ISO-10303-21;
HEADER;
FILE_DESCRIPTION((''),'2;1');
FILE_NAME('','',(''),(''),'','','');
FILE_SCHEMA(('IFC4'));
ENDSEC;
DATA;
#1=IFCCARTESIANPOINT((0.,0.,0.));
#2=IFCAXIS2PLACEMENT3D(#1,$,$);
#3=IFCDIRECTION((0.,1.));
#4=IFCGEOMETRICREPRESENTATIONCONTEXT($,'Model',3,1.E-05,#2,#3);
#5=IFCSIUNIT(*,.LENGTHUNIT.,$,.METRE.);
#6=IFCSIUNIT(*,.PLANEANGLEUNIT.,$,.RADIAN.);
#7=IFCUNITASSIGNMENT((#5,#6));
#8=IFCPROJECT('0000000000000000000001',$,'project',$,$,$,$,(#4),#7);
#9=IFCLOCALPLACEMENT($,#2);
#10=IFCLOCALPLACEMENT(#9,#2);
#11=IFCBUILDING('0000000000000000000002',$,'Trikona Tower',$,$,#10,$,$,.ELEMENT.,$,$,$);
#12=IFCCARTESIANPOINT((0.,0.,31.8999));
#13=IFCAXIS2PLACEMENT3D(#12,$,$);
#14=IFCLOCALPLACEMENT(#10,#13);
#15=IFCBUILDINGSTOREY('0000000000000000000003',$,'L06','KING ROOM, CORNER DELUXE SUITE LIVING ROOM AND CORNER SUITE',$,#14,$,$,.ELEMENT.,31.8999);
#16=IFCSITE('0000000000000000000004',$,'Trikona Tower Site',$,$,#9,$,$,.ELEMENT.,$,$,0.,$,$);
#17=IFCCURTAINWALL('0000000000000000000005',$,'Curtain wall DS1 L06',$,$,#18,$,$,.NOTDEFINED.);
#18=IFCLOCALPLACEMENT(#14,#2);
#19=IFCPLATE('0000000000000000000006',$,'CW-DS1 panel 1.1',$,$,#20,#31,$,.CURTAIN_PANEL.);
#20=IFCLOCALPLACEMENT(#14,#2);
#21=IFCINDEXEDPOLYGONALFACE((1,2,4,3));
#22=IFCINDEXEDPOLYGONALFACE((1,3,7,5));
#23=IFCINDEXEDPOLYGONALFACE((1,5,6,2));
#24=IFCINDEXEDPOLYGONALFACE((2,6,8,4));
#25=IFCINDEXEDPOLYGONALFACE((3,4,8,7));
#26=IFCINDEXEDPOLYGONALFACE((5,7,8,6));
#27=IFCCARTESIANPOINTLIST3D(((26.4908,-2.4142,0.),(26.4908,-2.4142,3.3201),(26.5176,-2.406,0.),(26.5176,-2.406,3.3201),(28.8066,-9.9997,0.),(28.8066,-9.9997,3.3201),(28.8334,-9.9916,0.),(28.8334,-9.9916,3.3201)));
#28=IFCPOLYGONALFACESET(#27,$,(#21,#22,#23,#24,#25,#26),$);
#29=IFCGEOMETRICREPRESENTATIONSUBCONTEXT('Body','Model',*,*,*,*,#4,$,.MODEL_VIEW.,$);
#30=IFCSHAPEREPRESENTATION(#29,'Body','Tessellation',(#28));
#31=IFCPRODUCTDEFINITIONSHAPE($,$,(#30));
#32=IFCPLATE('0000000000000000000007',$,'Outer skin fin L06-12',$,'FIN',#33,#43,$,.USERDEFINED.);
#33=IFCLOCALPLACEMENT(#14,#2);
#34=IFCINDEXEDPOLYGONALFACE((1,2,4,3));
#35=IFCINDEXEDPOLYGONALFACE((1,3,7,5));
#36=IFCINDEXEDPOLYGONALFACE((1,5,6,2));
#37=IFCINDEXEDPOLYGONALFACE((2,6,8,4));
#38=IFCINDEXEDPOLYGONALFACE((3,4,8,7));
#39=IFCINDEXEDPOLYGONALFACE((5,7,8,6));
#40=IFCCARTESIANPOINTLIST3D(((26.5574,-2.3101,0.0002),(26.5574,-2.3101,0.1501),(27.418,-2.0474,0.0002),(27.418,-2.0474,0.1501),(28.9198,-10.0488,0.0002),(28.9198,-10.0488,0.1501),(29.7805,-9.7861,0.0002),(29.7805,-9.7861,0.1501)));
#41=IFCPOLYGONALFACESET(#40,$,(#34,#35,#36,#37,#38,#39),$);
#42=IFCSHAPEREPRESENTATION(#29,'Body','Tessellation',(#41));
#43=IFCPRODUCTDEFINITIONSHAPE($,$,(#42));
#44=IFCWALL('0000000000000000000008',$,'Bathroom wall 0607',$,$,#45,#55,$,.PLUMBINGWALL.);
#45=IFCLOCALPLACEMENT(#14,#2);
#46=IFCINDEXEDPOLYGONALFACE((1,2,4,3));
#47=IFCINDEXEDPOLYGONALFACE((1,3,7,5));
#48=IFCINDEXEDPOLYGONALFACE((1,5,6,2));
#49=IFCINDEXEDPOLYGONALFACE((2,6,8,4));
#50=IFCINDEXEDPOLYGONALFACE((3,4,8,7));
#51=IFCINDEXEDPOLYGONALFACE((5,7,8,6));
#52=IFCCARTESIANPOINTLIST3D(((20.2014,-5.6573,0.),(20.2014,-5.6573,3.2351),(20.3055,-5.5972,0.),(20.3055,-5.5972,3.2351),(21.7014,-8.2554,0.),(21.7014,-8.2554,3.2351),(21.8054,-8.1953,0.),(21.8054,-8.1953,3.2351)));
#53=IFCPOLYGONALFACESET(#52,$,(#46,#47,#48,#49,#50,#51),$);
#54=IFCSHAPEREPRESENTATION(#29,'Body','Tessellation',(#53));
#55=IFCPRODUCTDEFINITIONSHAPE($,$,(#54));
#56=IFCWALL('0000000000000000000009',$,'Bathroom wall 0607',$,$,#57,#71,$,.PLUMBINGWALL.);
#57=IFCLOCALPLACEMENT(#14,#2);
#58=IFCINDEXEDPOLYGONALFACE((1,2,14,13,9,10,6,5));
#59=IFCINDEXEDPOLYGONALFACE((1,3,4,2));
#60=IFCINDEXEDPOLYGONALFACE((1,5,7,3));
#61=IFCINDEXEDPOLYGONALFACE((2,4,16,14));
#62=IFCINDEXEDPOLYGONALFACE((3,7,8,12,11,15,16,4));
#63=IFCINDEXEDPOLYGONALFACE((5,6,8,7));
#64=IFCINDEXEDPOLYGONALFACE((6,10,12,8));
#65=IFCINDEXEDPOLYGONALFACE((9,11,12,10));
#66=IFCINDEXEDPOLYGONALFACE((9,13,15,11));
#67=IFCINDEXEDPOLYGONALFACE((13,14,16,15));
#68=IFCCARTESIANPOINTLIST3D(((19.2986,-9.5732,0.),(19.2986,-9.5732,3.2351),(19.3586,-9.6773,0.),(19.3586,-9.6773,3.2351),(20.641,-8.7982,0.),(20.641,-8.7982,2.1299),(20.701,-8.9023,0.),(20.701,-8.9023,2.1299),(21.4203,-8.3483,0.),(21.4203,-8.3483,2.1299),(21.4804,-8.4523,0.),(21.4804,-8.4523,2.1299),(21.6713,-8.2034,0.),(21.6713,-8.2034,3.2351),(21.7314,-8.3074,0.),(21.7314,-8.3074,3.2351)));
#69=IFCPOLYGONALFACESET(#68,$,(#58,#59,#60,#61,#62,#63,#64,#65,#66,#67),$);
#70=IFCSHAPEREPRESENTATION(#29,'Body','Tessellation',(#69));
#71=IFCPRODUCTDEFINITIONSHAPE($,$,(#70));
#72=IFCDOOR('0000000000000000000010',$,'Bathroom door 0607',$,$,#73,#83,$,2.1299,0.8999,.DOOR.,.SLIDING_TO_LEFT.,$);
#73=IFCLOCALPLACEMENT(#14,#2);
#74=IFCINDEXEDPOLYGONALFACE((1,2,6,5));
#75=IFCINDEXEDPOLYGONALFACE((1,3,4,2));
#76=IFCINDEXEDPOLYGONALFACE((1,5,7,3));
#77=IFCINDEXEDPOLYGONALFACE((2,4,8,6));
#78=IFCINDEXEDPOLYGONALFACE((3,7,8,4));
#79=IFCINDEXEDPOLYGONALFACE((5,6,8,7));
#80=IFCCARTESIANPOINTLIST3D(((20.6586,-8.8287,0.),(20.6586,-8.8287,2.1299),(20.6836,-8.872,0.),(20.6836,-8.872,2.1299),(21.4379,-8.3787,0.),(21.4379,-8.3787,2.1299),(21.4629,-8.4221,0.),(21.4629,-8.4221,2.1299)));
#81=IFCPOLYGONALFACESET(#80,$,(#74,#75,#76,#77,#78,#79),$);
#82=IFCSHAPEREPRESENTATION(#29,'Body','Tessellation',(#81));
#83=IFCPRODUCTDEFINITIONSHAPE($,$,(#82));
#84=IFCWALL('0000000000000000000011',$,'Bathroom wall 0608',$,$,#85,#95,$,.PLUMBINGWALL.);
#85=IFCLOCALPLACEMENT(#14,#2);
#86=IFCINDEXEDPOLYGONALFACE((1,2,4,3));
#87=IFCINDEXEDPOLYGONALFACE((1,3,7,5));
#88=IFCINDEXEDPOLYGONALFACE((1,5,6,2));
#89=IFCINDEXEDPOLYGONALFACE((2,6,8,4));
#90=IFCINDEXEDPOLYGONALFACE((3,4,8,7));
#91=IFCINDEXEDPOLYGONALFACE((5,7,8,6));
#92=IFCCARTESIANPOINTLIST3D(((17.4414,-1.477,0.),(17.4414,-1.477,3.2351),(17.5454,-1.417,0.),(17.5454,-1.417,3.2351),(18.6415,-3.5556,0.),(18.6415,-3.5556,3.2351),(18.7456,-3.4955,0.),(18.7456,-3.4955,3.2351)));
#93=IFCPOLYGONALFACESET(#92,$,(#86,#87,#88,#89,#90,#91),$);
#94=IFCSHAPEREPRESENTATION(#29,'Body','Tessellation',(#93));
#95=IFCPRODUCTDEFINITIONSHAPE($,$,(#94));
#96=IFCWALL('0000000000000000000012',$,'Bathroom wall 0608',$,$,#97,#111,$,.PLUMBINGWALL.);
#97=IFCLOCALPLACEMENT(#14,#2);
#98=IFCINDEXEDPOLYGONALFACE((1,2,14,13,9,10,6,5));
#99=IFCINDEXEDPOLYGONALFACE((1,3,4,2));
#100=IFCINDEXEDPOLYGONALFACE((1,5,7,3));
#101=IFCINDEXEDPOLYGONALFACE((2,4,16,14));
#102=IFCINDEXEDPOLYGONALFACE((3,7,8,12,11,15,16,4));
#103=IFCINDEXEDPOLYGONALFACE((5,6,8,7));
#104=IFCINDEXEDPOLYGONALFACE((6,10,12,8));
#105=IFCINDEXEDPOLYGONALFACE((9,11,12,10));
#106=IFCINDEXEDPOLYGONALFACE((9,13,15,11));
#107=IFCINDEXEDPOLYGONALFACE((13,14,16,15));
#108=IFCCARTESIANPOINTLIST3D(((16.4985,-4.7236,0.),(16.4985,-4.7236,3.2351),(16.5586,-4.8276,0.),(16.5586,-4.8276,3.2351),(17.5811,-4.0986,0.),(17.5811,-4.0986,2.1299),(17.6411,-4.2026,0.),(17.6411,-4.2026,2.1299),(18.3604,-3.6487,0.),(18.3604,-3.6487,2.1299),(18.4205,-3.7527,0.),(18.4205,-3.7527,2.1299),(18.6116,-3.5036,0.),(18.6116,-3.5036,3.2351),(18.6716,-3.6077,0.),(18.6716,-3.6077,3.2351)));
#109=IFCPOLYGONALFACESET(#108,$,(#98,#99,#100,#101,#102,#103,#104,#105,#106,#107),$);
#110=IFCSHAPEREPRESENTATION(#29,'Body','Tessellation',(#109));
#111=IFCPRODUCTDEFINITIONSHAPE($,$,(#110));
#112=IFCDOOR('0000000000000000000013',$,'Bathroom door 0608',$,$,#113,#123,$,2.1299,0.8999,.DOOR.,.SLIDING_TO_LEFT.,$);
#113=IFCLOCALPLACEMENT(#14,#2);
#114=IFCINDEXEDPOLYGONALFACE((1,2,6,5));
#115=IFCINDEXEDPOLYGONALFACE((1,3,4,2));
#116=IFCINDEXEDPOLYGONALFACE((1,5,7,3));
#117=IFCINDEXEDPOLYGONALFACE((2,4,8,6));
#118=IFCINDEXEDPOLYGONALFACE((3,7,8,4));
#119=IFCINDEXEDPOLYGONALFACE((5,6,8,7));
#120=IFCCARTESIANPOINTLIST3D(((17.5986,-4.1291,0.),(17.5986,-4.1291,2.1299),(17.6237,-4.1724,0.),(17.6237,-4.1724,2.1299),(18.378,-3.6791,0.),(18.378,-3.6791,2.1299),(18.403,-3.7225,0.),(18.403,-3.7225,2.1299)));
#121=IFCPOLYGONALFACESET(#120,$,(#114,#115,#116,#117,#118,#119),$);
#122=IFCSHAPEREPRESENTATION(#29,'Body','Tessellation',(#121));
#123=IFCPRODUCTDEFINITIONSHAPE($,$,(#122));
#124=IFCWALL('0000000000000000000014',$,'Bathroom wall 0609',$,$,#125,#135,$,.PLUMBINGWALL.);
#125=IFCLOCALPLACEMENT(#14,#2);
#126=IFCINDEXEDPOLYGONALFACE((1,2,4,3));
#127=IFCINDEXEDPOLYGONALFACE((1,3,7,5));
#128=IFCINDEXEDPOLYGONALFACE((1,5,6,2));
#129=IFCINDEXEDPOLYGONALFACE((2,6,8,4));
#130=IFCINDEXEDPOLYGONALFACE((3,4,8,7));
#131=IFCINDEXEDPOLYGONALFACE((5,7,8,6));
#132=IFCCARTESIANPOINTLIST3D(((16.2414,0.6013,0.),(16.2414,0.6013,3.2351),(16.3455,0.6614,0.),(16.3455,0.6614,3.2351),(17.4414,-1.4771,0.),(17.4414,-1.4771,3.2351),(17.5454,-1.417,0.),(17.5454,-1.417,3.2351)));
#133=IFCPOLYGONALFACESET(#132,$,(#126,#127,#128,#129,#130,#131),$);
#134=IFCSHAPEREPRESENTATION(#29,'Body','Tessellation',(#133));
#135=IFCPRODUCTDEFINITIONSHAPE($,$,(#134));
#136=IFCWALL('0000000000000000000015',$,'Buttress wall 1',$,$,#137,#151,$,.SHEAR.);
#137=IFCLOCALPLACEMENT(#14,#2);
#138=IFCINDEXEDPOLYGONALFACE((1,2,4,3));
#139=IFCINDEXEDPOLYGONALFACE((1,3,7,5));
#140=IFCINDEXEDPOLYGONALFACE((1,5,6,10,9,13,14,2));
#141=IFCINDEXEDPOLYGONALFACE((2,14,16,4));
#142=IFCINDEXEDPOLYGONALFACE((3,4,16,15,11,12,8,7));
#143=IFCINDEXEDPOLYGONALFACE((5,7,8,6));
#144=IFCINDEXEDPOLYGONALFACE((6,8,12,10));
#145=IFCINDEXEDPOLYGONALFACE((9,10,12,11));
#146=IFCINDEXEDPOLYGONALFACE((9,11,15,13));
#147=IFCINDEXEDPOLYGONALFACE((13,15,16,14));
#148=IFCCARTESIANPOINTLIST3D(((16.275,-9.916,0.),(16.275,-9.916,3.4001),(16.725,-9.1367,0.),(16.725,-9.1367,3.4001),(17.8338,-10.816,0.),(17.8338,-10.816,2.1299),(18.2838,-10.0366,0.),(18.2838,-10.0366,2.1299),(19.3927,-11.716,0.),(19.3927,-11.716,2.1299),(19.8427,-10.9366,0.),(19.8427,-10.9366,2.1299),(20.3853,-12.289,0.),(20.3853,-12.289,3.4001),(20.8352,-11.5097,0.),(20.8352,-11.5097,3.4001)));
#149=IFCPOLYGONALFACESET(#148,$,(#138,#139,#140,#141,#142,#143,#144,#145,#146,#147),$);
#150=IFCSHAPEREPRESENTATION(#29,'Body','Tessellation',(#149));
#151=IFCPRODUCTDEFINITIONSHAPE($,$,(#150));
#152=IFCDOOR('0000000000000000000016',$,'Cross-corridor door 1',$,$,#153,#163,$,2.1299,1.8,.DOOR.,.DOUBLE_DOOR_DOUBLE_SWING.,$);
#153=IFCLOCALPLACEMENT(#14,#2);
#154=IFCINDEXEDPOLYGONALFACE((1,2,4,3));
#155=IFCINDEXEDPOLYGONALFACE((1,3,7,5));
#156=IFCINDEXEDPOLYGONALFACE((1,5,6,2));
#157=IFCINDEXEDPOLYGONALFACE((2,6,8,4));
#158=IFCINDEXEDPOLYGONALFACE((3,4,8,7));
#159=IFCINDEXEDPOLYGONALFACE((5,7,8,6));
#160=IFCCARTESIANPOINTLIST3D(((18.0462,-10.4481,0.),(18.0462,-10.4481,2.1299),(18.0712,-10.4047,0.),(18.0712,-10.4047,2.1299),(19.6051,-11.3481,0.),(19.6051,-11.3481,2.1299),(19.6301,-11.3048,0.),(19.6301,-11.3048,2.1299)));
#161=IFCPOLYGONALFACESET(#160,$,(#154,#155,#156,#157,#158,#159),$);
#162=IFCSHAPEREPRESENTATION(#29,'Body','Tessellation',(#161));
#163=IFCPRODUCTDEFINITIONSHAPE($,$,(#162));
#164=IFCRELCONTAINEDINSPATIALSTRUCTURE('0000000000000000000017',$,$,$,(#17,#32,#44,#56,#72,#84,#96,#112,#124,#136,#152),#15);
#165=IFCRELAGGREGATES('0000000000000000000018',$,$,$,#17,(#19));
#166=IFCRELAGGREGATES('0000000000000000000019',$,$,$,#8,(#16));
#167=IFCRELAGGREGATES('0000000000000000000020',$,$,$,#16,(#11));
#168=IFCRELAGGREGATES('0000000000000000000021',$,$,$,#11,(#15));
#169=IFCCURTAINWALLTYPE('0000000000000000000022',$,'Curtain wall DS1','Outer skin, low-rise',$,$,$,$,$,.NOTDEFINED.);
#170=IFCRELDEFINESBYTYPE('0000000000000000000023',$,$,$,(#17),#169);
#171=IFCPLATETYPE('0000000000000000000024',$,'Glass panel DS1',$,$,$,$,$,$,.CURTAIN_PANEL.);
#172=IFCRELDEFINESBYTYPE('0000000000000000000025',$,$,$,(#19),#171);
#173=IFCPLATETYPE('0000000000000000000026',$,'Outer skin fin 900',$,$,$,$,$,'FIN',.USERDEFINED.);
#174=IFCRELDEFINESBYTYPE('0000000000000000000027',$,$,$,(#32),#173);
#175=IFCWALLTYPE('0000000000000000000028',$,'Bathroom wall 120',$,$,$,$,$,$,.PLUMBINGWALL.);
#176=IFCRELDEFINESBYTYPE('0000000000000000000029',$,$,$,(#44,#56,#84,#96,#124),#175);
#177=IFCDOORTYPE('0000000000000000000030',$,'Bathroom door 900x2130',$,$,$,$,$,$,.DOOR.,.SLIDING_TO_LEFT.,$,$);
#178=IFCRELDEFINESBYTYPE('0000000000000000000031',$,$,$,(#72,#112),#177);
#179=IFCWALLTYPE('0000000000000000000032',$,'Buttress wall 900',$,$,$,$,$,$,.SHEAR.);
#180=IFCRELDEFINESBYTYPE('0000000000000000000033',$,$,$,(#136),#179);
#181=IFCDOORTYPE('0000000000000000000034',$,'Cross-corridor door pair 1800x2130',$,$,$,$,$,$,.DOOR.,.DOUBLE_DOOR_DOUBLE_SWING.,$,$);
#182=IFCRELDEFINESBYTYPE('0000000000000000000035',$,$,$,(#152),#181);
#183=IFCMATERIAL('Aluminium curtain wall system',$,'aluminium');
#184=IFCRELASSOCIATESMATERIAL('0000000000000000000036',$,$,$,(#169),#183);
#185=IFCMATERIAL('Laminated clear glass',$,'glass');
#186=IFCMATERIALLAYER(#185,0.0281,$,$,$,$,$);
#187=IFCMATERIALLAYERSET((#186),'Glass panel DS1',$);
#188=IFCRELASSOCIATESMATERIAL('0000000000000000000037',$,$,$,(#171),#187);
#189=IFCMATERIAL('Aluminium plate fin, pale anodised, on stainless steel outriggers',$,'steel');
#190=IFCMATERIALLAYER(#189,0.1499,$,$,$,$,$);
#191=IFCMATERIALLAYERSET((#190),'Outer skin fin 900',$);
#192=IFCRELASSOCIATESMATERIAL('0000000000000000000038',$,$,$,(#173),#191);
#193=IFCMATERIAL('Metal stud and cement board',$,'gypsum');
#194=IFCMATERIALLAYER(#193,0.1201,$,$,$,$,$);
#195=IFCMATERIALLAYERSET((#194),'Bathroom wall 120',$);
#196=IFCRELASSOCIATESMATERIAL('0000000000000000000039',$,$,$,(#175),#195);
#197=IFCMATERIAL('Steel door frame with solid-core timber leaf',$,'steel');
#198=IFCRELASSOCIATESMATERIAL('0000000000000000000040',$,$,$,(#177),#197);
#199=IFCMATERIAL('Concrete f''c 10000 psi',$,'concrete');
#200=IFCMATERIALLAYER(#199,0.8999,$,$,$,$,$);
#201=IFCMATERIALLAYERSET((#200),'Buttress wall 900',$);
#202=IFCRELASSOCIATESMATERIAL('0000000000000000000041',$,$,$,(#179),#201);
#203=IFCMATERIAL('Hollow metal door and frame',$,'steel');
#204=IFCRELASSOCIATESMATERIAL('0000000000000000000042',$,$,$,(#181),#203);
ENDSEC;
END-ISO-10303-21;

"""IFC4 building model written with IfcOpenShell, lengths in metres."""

from ifc_helpers import new_model, si_unit, direction, frame, frame_2d, origin, origin_2d, place, context, subcontext, project, spatial, rectangle, extrude, material, layer, layer_set, type_object, element, fill, aggregate, save


model = new_model("IFC4")

# Units and contexts
model_context = context("Model", 3, precision=1e-05, world=origin(), true_north=direction((0.0, 1.0)))
body_context = subcontext(model_context, "Body", "Model", "MODEL_VIEW")
ifc_project = project(units=[si_unit("LENGTHUNIT", "METRE"), si_unit("PLANEANGLEUNIT", "RADIAN")], contexts=[model_context])

# Site, building, storey
site_placement = place(None, origin())
site = spatial("IfcSite", under=ifc_project, at=site_placement, Name="Trikona Tower Site", CompositionType="ELEMENT", RefElevation=0.0)
building_placement = place(site_placement, origin())
building = spatial("IfcBuilding", under=site, at=building_placement, Name="Trikona Tower", CompositionType="ELEMENT")
storey_placement = place(building_placement, frame((0.0, 0.0, 31.8999)))
storey = spatial("IfcBuildingStorey", under=building, at=storey_placement, Name="L06", Description="KING ROOM, CORNER DELUXE SUITE LIVING ROOM AND CORNER SUITE", CompositionType="ELEMENT", Elevation=31.8999)

# Curtain wall
ifc_material_1 = material(Name="Aluminium curtain wall system", Category="aluminium")
curtain_wall_type = type_object("IfcCurtainWallType", Name="Curtain wall DS1", Description="Outer skin, low-rise", PredefinedType="NOTDEFINED", material=ifc_material_1)
curtain_wall_1_placement = place(storey_placement, origin())
curtain_wall_1 = element("IfcCurtainWall", 1, at=curtain_wall_1_placement, inside=storey, type_object=curtain_wall_type, Name="Curtain wall DS1 L06", PredefinedType="NOTDEFINED")

# Plates
ifc_material_2 = material(Name="Laminated clear glass", Category="glass")
ifc_layer_1 = layer(ifc_material_2, 0.0281)
ifc_layer_set_1 = layer_set([ifc_layer_1], Name="Glass panel DS1")
plate_type_1 = type_object("IfcPlateType", Name="Glass panel DS1", PredefinedType="CURTAIN_PANEL", material=ifc_layer_set_1)
plate_1_placement = place(storey_placement, frame((27.6621, -6.2029, 0.0), z_axis=(0.0, 0.0, 1.0), x_axis=(-0.291984, 0.956423, 0.0)))
plate_1 = element("IfcPlate", 2, at=plate_1_placement, type_object=plate_type_1, Name="CW-DS1 panel 1.1", PredefinedType="CURTAIN_PANEL", context=body_context, shape_type="SweptSolid", body=[
    extrude(rectangle(XDim=7.9312, YDim=0.0281, at=origin_2d()), origin(), (0.0, 0.0, 1.0), 3.3201),
])
aggregate(curtain_wall_1, [plate_1])
ifc_material_3 = material(Name="Aluminium plate fin, pale anodised, on stainless steel outriggers", Category="steel")
ifc_layer_2 = layer(ifc_material_3, 0.1499)
ifc_layer_set_2 = layer_set([ifc_layer_2], Name="Outer skin fin 900")
plate_type_2 = type_object("IfcPlateType", Name="Outer skin fin 900", ElementType="FIN", PredefinedType="USERDEFINED", material=ifc_layer_set_2)
plate_2_placement = place(storey_placement, frame((28.1689, -6.0481, 0.0002), z_axis=(0.0, 0.0, 1.0), x_axis=(-0.291979, 0.956425, 0.0)))
element("IfcPlate", 3, at=plate_2_placement, inside=storey, type_object=plate_type_2, Name="Outer skin fin L06-12", ObjectType="FIN", PredefinedType="USERDEFINED", context=body_context, shape_type="SweptSolid", body=[
    extrude(rectangle(XDim=8.0913, YDim=0.8999, at=origin_2d()), origin(), (0.0, 0.0, 1.0), 0.1499),
])

# Wall
ifc_material_4 = material(Name="Metal stud and cement board", Category="gypsum")
ifc_layer_3 = layer(ifc_material_4, 0.1201)
ifc_layer_set_3 = layer_set([ifc_layer_3], Name="Bathroom wall 120")
wall_type_1 = type_object("IfcWallType", Name="Bathroom wall 120", PredefinedType="PLUMBINGWALL", material=ifc_layer_set_3)
wall_1_placement = place(storey_placement, frame((21.7534, -8.2253, 0.0), z_axis=(0.0, 0.0, 1.0), x_axis=(-0.49999, 0.866031, 0.0)))
element("IfcWall", 4, at=wall_1_placement, inside=storey, type_object=wall_type_1, Name="Bathroom wall 0607", PredefinedType="PLUMBINGWALL", context=body_context, shape_type="SweptSolid", body=[
    extrude(rectangle(XDim=3.0, YDim=0.1201, at=frame_2d((1.5, 0.0))), origin(), (0.0, 0.0, 1.0), 3.2351),
])

# Wall, opening, door
wall_2_placement = place(storey_placement, frame((19.3286, -9.6252, 0.0), z_axis=(0.0, 0.0, 1.0), x_axis=(0.866036, 0.499982, 0.0)))
wall_2 = element("IfcWall", 5, at=wall_2_placement, inside=storey, type_object=wall_type_1, Name="Bathroom wall 0607", PredefinedType="PLUMBINGWALL", context=body_context, shape_type="SweptSolid", body=[
    extrude(rectangle(XDim=2.7397, YDim=0.1201, at=frame_2d((1.3699, 0.0))), origin(), (0.0, 0.0, 1.0), 3.2351),
])
opening_1_placement = place(wall_2_placement, frame((1.55, 0.0, 0.0)))
opening_1 = element("IfcOpeningElement", 6, at=opening_1_placement, cuts=wall_2, PredefinedType="OPENING", context=body_context, shape_type="SweptSolid", body=[
    extrude(rectangle(XDim=0.8999, YDim=2.1299, at=frame_2d((0.45, 1.0649))), frame((0.0, 0.0701, 0.0), z_axis=(0.0, -1.0, 0.0), x_axis=(1.0, 0.0, 0.0)), (0.0, 0.0, 1.0), 0.1401),
])
ifc_material_5 = material(Name="Steel door frame with solid-core timber leaf", Category="steel")
door_type_1 = type_object("IfcDoorType", Name="Bathroom door 900x2130", OperationType="SLIDING_TO_LEFT", PredefinedType="DOOR", material=ifc_material_5)
door_1_placement = place(opening_1_placement, origin())
door_1 = element("IfcDoor", 7, at=door_1_placement, inside=storey, type_object=door_type_1, Name="Bathroom door 0607", OperationType="SLIDING_TO_LEFT", OverallHeight=2.1299, OverallWidth=0.8999, PredefinedType="DOOR", context=body_context, shape_type="SweptSolid", body=[
    extrude(rectangle(XDim=0.8999, YDim=2.1299, at=frame_2d((0.45, 1.0649))), frame((0.0, 0.0249, 0.0), z_axis=(0.0, -1.0, 0.0), x_axis=(1.0, 0.0, 0.0)), (0.0, 0.0, 1.0), 0.05),
])
fill(opening_1, door_1)

# Wall
wall_3_placement = place(storey_placement, frame((18.6936, -3.5256, 0.0), z_axis=(0.0, 0.0, 1.0), x_axis=(-0.500034, 0.866006, 0.0)))
element("IfcWall", 8, at=wall_3_placement, inside=storey, type_object=wall_type_1, Name="Bathroom wall 0608", PredefinedType="PLUMBINGWALL", context=body_context, shape_type="SweptSolid", body=[
    extrude(rectangle(XDim=2.4001, YDim=0.1201, at=frame_2d((1.2002, 0.0))), origin(), (0.0, 0.0, 1.0), 3.2351),
])

# Wall, opening, door
wall_4_placement = place(storey_placement, frame((16.5286, -4.7756, 0.0), z_axis=(0.0, 0.0, 1.0), x_axis=(0.866024, 0.500003, 0.0)))
wall_4 = element("IfcWall", 9, at=wall_4_placement, inside=storey, type_object=wall_type_1, Name="Bathroom wall 0608", PredefinedType="PLUMBINGWALL", context=body_context, shape_type="SweptSolid", body=[
    extrude(rectangle(XDim=2.4399, YDim=0.1201, at=frame_2d((1.22, 0.0))), origin(), (0.0, 0.0, 1.0), 3.2351),
])
opening_2_placement = place(wall_4_placement, frame((1.25, 0.0, 0.0)))
opening_2 = element("IfcOpeningElement", 10, at=opening_2_placement, cuts=wall_4, PredefinedType="OPENING", context=body_context, shape_type="SweptSolid", body=[
    extrude(rectangle(XDim=0.8999, YDim=2.1299, at=frame_2d((0.45, 1.0649))), frame((0.0, 0.0701, 0.0), z_axis=(0.0, -1.0, 0.0), x_axis=(1.0, 0.0, 0.0)), (0.0, 0.0, 1.0), 0.1401),
])
door_2_placement = place(opening_2_placement, origin())
door_2 = element("IfcDoor", 11, at=door_2_placement, inside=storey, type_object=door_type_1, Name="Bathroom door 0608", OperationType="SLIDING_TO_LEFT", OverallHeight=2.1299, OverallWidth=0.8999, PredefinedType="DOOR", context=body_context, shape_type="SweptSolid", body=[
    extrude(rectangle(XDim=0.8999, YDim=2.1299, at=frame_2d((0.45, 1.0649))), frame((0.0, 0.0249, 0.0), z_axis=(0.0, -1.0, 0.0), x_axis=(1.0, 0.0, 0.0)), (0.0, 0.0, 1.0), 0.05),
])
fill(opening_2, door_2)

# Wall
wall_5_placement = place(storey_placement, frame((17.4934, -1.447, 0.0), z_axis=(0.0, 0.0, 1.0), x_axis=(-0.500001, 0.866025, 0.0)))
element("IfcWall", 12, at=wall_5_placement, inside=storey, type_object=wall_type_1, Name="Bathroom wall 0609", PredefinedType="PLUMBINGWALL", context=body_context, shape_type="SweptSolid", body=[
    extrude(rectangle(XDim=2.3999, YDim=0.1201, at=frame_2d((1.2, 0.0))), origin(), (0.0, 0.0, 1.0), 3.2351),
])

# Wall, opening, door
ifc_material_6 = material(Name="Concrete f'c 10000 psi", Category="concrete")
ifc_layer_4 = layer(ifc_material_6, 0.8999)
ifc_layer_set_4 = layer_set([ifc_layer_4], Name="Buttress wall 900")
wall_type_2 = type_object("IfcWallType", Name="Buttress wall 900", PredefinedType="SHEAR", material=ifc_layer_set_4)
wall_6_placement = place(storey_placement, frame((16.5, -9.5264, 0.0), z_axis=(0.0, 0.0, 1.0), x_axis=(0.866031, -0.49999, 0.0)))
wall_6 = element("IfcWall", 13, at=wall_6_placement, inside=storey, type_object=wall_type_2, Name="Buttress wall 1", PredefinedType="SHEAR", context=body_context, shape_type="SweptSolid", body=[
    extrude(rectangle(XDim=4.7461, YDim=0.8999, at=frame_2d((2.373, 0.0))), origin(), (0.0, 0.0, 1.0), 3.4001),
])
opening_3_placement = place(wall_6_placement, frame((1.8, 0.0, 0.0)))
opening_3 = element("IfcOpeningElement", 14, at=opening_3_placement, cuts=wall_6, PredefinedType="OPENING", context=body_context, shape_type="SweptSolid", body=[
    extrude(rectangle(XDim=1.8, YDim=2.1299, at=frame_2d((0.8999, 1.0649))), frame((0.0, 0.46, 0.0), z_axis=(0.0, -1.0, 0.0), x_axis=(1.0, 0.0, 0.0)), (0.0, 0.0, 1.0), 0.9199),
])
ifc_material_7 = material(Name="Hollow metal door and frame", Category="steel")
door_type_2 = type_object("IfcDoorType", Name="Cross-corridor door pair 1800x2130", OperationType="DOUBLE_DOOR_DOUBLE_SWING", PredefinedType="DOOR", material=ifc_material_7)
door_3_placement = place(opening_3_placement, origin())
door_3 = element("IfcDoor", 15, at=door_3_placement, inside=storey, type_object=door_type_2, Name="Cross-corridor door 1", OperationType="DOUBLE_DOOR_DOUBLE_SWING", OverallHeight=2.1299, OverallWidth=1.8, PredefinedType="DOOR", context=body_context, shape_type="SweptSolid", body=[
    extrude(rectangle(XDim=1.8, YDim=2.1299, at=frame_2d((0.8999, 1.0649))), frame((0.0, 0.0249, 0.0), z_axis=(0.0, -1.0, 0.0), x_axis=(1.0, 0.0, 0.0)), (0.0, 0.0, 1.0), 0.05),
])
fill(opening_3, door_3)

save(model, "model.ifc")
